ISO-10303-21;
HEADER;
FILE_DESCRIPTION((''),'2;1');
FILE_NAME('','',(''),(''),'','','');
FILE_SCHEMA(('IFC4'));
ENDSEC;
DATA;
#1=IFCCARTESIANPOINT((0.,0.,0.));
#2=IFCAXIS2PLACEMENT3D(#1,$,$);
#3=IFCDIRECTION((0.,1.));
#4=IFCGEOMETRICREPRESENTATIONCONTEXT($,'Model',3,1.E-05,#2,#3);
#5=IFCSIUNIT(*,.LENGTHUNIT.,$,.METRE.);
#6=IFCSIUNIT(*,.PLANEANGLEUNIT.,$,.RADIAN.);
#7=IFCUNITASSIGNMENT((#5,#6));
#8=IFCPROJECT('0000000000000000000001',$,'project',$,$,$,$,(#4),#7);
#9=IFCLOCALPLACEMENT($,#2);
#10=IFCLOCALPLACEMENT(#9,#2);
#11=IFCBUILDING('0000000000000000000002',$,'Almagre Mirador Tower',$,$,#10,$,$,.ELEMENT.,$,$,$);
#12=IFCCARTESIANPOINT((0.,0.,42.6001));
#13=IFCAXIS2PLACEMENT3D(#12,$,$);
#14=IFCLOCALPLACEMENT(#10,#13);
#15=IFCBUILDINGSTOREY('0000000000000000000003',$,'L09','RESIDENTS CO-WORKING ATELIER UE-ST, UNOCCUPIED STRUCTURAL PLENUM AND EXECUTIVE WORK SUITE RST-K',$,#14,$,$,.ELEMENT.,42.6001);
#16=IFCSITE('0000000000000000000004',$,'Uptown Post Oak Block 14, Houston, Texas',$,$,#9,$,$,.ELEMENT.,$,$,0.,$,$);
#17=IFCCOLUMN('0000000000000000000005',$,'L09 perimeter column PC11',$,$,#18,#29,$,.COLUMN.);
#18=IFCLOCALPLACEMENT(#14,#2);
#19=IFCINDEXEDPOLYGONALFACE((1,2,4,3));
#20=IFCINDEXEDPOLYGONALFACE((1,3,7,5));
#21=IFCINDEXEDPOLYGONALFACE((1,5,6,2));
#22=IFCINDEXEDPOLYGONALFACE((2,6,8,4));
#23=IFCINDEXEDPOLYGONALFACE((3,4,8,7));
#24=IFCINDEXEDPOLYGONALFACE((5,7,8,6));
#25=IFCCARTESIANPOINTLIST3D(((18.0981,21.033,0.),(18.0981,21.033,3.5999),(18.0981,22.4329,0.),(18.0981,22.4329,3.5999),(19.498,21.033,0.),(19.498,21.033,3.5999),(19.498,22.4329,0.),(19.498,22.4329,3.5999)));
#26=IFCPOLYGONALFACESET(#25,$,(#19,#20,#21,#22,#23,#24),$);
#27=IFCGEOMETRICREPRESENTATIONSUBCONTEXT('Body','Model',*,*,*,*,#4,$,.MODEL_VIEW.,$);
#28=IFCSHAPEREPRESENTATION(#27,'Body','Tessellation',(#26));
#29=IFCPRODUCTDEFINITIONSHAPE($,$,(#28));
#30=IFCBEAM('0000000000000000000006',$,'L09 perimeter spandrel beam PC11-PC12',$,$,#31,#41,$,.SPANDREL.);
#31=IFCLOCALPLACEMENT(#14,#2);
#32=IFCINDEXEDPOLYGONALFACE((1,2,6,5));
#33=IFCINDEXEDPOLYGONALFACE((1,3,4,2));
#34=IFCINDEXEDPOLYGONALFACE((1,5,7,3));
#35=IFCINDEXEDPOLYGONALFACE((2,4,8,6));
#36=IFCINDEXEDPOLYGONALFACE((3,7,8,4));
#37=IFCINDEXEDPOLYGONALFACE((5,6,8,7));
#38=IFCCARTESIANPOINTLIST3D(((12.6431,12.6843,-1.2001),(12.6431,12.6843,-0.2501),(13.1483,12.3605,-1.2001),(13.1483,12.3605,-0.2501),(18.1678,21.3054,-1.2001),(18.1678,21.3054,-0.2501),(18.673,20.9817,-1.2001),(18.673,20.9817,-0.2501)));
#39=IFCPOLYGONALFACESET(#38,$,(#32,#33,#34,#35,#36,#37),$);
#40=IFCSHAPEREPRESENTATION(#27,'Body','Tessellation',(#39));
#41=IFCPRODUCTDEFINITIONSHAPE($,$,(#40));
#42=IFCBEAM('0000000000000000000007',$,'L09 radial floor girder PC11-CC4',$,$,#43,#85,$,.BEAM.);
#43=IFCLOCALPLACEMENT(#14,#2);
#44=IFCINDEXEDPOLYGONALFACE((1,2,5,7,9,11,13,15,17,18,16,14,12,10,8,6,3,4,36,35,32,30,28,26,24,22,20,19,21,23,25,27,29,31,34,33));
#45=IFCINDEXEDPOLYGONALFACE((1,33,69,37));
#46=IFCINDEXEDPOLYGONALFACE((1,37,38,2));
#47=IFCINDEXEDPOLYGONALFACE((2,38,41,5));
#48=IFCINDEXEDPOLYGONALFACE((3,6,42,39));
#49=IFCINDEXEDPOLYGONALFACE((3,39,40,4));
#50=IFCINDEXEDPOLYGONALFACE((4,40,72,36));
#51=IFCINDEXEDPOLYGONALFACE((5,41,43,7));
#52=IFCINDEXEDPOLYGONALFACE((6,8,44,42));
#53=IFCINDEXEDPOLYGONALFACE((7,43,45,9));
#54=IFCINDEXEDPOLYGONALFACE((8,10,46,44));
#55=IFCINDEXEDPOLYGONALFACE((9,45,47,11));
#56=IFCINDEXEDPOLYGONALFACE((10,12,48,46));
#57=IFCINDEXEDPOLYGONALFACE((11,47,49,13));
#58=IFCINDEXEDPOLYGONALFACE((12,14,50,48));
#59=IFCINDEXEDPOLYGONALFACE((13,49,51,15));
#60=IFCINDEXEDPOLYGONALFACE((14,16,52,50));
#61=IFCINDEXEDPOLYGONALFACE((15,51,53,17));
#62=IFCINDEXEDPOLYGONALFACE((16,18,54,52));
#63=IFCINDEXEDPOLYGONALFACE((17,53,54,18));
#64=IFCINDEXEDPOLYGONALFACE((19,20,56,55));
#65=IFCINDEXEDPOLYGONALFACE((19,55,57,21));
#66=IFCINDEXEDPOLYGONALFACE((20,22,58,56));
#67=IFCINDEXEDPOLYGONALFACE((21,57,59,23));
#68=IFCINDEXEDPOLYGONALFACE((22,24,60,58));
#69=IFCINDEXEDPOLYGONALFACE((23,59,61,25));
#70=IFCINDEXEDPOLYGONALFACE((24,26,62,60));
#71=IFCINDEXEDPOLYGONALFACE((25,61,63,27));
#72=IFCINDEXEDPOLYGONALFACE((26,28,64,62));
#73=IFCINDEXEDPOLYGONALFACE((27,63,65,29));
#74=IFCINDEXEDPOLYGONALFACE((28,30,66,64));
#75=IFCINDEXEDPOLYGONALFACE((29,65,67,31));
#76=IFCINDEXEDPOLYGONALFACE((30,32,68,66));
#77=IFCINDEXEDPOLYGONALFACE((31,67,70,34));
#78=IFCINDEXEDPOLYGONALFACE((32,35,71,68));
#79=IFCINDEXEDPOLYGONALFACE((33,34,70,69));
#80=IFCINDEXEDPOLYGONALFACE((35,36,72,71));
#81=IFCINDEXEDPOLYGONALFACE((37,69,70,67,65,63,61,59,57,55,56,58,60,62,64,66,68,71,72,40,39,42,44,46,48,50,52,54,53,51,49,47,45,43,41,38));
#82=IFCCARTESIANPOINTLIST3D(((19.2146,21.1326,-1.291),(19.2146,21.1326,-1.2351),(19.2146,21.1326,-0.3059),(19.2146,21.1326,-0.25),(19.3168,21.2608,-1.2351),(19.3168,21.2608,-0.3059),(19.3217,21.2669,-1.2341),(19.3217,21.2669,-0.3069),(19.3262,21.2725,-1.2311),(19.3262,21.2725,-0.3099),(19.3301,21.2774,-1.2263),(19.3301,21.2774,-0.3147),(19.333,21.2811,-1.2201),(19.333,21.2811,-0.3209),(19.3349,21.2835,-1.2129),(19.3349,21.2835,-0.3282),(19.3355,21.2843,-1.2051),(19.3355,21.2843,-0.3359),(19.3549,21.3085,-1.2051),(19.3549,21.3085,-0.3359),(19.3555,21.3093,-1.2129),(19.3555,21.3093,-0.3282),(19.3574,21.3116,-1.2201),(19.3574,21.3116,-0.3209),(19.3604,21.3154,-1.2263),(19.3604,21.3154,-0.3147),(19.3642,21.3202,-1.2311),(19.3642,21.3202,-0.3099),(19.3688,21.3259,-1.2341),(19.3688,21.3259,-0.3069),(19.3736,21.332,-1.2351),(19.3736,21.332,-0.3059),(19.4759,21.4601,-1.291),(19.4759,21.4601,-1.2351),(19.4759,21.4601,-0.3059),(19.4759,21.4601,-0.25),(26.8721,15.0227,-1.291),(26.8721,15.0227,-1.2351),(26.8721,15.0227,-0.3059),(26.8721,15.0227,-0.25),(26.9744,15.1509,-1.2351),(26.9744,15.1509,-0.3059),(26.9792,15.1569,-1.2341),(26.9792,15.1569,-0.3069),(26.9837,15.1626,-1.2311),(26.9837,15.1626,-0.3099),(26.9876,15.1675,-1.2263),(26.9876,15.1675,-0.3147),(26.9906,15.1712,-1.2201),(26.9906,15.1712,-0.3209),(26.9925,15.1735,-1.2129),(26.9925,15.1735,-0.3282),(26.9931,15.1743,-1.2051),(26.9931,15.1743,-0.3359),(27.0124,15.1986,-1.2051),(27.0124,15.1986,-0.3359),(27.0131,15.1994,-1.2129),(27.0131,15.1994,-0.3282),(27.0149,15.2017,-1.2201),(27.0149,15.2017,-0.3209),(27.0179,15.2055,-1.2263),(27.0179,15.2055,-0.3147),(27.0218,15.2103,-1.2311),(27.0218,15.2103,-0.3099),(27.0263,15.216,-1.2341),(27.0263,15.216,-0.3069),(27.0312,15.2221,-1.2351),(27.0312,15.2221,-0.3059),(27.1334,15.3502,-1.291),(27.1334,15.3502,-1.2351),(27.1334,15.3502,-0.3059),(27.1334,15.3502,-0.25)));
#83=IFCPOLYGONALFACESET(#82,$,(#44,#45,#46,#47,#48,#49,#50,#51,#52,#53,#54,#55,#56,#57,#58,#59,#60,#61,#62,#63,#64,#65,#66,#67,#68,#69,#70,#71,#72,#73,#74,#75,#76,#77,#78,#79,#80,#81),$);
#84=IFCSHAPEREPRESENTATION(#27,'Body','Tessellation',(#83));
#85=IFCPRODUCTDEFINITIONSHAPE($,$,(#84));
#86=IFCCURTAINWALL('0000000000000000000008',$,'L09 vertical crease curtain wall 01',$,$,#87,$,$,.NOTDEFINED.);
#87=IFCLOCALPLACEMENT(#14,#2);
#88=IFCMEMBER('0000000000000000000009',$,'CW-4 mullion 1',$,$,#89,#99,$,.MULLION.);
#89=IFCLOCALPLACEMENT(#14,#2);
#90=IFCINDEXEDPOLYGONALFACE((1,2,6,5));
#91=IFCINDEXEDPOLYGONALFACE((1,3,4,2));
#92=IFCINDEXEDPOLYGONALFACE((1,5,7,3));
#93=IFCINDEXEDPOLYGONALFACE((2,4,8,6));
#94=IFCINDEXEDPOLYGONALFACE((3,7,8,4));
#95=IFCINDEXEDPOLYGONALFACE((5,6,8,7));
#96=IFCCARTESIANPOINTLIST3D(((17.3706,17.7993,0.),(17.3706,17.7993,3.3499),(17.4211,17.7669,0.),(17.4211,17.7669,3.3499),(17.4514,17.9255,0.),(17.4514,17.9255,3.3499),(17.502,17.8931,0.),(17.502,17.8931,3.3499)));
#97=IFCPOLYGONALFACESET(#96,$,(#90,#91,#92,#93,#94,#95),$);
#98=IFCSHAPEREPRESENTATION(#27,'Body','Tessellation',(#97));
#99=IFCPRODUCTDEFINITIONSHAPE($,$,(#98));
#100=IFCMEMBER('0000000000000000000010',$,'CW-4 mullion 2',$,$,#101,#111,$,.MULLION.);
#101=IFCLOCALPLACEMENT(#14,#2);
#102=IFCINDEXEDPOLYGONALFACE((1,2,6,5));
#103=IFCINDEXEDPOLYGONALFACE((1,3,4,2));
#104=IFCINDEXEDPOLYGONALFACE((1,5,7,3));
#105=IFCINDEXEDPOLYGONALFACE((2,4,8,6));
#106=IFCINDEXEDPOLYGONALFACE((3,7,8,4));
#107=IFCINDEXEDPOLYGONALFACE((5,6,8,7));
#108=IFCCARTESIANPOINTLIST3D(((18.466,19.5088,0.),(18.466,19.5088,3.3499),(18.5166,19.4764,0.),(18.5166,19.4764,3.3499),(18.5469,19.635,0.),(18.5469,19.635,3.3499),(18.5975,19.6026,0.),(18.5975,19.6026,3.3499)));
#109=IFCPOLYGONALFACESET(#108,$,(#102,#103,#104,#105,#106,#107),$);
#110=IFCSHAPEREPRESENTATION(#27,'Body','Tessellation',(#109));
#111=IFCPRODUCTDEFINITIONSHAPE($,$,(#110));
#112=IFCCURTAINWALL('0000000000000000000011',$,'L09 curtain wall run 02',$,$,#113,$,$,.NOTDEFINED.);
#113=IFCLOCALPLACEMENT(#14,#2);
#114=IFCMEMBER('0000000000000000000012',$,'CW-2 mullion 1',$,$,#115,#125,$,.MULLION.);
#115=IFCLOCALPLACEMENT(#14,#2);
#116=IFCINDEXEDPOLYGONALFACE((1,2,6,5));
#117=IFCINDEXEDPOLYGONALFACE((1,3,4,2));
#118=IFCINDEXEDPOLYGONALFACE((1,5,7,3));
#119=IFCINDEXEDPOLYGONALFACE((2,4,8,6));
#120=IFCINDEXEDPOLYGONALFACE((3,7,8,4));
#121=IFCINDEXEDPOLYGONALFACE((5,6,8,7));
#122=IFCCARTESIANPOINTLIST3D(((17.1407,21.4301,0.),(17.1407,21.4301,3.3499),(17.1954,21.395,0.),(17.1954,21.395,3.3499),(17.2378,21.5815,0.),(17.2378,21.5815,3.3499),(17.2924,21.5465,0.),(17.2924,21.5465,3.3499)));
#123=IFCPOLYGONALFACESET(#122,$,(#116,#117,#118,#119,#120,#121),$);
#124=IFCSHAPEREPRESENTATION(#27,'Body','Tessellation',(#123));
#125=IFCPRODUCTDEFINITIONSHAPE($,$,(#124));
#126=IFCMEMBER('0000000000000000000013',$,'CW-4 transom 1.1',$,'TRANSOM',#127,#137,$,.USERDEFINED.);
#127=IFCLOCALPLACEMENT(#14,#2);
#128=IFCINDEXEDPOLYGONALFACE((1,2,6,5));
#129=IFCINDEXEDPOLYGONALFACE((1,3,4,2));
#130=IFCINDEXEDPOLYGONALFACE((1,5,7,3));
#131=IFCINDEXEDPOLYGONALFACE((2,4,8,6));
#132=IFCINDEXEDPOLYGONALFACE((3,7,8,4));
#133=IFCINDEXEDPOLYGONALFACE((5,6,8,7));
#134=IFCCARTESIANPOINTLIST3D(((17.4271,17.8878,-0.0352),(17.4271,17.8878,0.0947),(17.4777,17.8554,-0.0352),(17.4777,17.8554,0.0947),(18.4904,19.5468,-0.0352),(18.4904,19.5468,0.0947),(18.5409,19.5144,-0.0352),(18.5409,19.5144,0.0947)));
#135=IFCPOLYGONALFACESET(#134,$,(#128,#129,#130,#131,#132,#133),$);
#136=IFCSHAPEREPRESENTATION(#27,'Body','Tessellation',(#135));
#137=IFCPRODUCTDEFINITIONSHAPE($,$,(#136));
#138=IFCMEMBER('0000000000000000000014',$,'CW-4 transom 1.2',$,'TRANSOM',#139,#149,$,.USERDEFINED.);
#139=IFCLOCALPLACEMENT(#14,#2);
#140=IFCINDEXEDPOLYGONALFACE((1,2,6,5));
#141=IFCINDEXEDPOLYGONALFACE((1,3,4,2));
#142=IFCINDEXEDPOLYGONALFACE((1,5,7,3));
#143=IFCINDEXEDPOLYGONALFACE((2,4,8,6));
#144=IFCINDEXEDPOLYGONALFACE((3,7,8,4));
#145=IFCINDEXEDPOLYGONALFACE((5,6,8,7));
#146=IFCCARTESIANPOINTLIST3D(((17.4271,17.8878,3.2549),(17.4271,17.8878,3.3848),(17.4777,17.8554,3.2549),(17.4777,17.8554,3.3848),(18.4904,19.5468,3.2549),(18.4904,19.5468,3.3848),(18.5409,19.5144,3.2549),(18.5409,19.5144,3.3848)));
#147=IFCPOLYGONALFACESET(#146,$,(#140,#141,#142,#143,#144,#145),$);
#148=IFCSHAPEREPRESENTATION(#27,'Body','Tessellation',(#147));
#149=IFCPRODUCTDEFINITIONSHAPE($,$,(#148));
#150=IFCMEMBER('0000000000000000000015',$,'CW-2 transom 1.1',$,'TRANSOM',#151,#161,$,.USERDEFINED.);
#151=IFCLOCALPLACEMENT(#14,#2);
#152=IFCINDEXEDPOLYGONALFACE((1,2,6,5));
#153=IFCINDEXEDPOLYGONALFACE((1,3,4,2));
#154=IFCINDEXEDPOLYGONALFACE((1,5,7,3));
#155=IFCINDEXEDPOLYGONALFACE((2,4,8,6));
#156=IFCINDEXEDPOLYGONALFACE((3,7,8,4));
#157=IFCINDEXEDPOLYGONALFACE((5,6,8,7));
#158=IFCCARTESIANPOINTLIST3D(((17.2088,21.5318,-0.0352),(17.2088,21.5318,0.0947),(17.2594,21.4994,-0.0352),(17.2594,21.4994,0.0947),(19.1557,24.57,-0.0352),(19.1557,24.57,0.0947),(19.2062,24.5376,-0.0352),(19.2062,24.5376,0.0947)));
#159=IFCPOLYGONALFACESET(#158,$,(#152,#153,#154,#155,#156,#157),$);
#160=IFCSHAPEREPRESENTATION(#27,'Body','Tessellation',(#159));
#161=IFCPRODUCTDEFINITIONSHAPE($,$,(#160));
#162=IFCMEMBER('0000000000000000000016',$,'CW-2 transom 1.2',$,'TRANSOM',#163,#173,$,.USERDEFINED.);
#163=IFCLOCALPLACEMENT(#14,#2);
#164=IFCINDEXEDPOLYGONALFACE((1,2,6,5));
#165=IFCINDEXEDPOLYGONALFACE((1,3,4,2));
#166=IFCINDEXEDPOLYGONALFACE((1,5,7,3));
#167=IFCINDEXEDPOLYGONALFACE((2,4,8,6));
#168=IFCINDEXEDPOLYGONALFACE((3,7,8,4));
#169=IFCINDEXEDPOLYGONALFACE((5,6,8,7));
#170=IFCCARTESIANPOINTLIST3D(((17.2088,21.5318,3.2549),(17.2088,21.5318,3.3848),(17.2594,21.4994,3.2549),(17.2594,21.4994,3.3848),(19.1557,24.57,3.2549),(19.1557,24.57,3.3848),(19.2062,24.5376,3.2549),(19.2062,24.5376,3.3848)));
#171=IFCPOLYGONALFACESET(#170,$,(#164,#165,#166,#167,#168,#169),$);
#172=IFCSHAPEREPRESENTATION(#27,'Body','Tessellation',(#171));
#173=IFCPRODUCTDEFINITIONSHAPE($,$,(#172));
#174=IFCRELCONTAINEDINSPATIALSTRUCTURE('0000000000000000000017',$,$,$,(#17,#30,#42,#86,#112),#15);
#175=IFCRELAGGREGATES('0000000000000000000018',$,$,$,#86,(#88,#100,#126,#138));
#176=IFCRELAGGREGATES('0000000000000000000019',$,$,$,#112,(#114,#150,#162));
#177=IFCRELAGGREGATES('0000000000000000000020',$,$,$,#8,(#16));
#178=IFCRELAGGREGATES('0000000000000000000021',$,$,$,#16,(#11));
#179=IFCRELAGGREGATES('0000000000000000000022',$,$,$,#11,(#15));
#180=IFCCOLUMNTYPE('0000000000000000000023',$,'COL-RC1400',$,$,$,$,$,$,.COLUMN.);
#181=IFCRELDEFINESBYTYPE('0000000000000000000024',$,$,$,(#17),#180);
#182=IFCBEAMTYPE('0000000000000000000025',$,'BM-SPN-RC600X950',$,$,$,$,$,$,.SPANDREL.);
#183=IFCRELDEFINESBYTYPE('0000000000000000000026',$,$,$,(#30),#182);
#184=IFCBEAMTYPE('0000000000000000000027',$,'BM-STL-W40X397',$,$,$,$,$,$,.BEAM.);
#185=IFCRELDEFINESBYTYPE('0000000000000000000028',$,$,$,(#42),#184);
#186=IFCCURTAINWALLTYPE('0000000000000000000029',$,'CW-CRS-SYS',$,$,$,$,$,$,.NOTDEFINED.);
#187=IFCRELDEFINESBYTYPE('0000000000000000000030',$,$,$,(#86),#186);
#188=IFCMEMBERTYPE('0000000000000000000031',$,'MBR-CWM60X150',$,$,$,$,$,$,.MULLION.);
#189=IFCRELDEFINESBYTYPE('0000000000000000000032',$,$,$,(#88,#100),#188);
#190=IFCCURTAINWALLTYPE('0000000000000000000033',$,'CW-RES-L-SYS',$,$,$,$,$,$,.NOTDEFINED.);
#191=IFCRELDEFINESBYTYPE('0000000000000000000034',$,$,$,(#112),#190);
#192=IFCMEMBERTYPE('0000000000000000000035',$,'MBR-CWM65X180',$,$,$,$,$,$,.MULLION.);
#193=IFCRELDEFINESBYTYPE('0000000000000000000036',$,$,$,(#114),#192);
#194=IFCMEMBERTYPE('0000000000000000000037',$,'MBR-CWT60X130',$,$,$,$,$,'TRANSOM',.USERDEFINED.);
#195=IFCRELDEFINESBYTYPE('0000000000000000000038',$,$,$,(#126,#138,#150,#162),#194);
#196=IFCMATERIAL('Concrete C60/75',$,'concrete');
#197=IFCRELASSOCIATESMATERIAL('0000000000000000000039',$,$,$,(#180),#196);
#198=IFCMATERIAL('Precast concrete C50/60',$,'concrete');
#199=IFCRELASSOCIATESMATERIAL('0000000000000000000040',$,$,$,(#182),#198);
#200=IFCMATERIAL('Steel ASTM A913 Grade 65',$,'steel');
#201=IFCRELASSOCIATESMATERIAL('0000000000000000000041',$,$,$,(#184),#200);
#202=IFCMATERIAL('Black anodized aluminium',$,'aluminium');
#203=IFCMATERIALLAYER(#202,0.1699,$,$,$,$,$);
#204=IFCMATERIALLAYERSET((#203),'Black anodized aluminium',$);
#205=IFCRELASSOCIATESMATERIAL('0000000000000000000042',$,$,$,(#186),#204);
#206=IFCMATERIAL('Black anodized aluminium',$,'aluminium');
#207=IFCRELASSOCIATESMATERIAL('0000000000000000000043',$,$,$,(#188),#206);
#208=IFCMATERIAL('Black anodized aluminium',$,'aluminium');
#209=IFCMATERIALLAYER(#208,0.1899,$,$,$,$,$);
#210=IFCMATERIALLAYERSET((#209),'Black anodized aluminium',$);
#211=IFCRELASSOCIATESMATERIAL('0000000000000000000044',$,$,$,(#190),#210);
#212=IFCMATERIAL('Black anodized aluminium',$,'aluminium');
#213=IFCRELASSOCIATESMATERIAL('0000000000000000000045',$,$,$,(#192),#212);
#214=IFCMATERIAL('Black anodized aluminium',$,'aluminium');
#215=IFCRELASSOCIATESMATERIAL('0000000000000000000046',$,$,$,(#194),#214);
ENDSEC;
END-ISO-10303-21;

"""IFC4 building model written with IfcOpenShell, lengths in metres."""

from ifc_helpers import new_model, si_unit, direction, frame, origin, origin_2d, place, context, subcontext, project, spatial, rectangle, i_section, extrude, material, layer, layer_set, material_profile, profile_set, type_object, element, aggregate, save


model = new_model("IFC4")

# Units and contexts
model_context = context("Model", 3, precision=1e-05, world=origin(), true_north=direction((0.0, 1.0)))
body_context = subcontext(model_context, "Body", "Model", "MODEL_VIEW")
ifc_project = project(units=[si_unit("LENGTHUNIT", "METRE"), si_unit("PLANEANGLEUNIT", "RADIAN")], contexts=[model_context])

# Site, building, storey
site_placement = place(None, origin())
site = spatial("IfcSite", under=ifc_project, at=site_placement, Name="Uptown Post Oak Block 14, Houston, Texas", CompositionType="ELEMENT", RefElevation=0.0)
building_placement = place(site_placement, origin())
building = spatial("IfcBuilding", under=site, at=building_placement, Name="Almagre Mirador Tower", CompositionType="ELEMENT")
storey_placement = place(building_placement, frame((0.0, 0.0, 42.6001)))
storey = spatial("IfcBuildingStorey", under=building, at=storey_placement, Name="L09", Description="RESIDENTS CO-WORKING ATELIER UE-ST, UNOCCUPIED STRUCTURAL PLENUM AND EXECUTIVE WORK SUITE RST-K", CompositionType="ELEMENT", Elevation=42.6001)

# Column
ifc_material_1 = material(Name="Concrete C60/75", Category="concrete")
ifc_material_profile_1 = material_profile(ifc_material_1, rectangle(XDim=1.3999, YDim=1.3999, at=origin_2d()), Name="RC1400X1400")
ifc_profile_set_1 = profile_set([ifc_material_profile_1], Name="Concrete C60/75")
column_type = type_object("IfcColumnType", Name="COL-RC1400", PredefinedType="COLUMN", material=ifc_profile_set_1)
column_placement = place(storey_placement, frame((18.7981, 21.7329, 0.0), z_axis=(0.0, 0.0, 1.0), x_axis=(1.0, 0.0, 0.0)))
element("IfcColumn", 1, at=column_placement, inside=storey, type_object=column_type, Name="L09 perimeter column PC11", PredefinedType="COLUMN", context=body_context, shape_type="SweptSolid", body=[
    extrude(rectangle(XDim=1.3999, YDim=1.3999, at=origin_2d()), origin(), (0.0, 0.0, 1.0), 3.5999),
])

# Beams
ifc_material_2 = material(Name="Precast concrete C50/60", Category="concrete")
ifc_material_profile_2 = material_profile(ifc_material_2, rectangle(XDim=0.6001, YDim=0.95, at=origin_2d()), Name="RC600X950")
ifc_profile_set_2 = profile_set([ifc_material_profile_2], Name="Precast concrete C50/60")
beam_type_1 = type_object("IfcBeamType", Name="BM-SPN-RC600X950", PredefinedType="SPANDREL", material=ifc_profile_set_2)
beam_1_placement = place(storey_placement, frame((18.4204, 21.1436, -0.7251), z_axis=(-0.53955, -0.841954, 0.0), x_axis=(0.841954, -0.53955, 0.0)))
element("IfcBeam", 2, at=beam_1_placement, inside=storey, type_object=beam_type_1, Name="L09 perimeter spandrel beam PC11-PC12", PredefinedType="SPANDREL", context=body_context, shape_type="SweptSolid", body=[
    extrude(rectangle(XDim=0.6001, YDim=0.95, at=origin_2d()), origin(), (0.0, 0.0, 1.0), 10.2395),
])
ifc_material_3 = material(Name="Steel ASTM A913 Grade 65", Category="steel")
ifc_material_profile_3 = material_profile(ifc_material_3, i_section(OverallWidth=0.4189, OverallDepth=1.041, WebThickness=0.031, FlangeThickness=0.0559, FilletRadius=0.03, at=origin_2d()), Name="W40X397")
ifc_profile_set_3 = profile_set([ifc_material_profile_3], Name="Steel ASTM A913 Grade 65")
beam_type_2 = type_object("IfcBeamType", Name="BM-STL-W40X397", PredefinedType="BEAM", material=ifc_profile_set_3)
beam_2_placement = place(storey_placement, frame((19.3452, 21.2964, -0.7705), z_axis=(0.781671, -0.623692, 0.0), x_axis=(0.623692, 0.781671, 0.0)))
element("IfcBeam", 3, at=beam_2_placement, inside=storey, type_object=beam_type_2, Name="L09 radial floor girder PC11-CC4", PredefinedType="BEAM", context=body_context, shape_type="SweptSolid", body=[
    extrude(i_section(OverallWidth=0.4189, OverallDepth=1.041, WebThickness=0.031, FlangeThickness=0.0559, FilletRadius=0.03, at=origin_2d()), origin(), (0.0, 0.0, 1.0), 9.7964),
])

# Curtain wall, members
ifc_material_4 = material(Name="Black anodized aluminium", Category="aluminium")
ifc_layer_1 = layer(ifc_material_4, 0.1699)
ifc_layer_set_1 = layer_set([ifc_layer_1], Name="Black anodized aluminium")
curtain_wall_type_1 = type_object("IfcCurtainWallType", Name="CW-CRS-SYS", PredefinedType="NOTDEFINED", material=ifc_layer_set_1)
curtain_wall_1_placement = place(storey_placement, origin())
curtain_wall_1 = element("IfcCurtainWall", 4, at=curtain_wall_1_placement, inside=storey, type_object=curtain_wall_type_1, Name="L09 vertical crease curtain wall 01", PredefinedType="NOTDEFINED")
ifc_material_5 = material(Name="Black anodized aluminium", Category="aluminium")
ifc_material_profile_4 = material_profile(ifc_material_5, rectangle(XDim=0.0601, YDim=0.1499, at=origin_2d()), Name="CWM60X150")
ifc_profile_set_4 = profile_set([ifc_material_profile_4], Name="Black anodized aluminium")
member_type_1 = type_object("IfcMemberType", Name="MBR-CWM60X150", PredefinedType="MULLION", material=ifc_profile_set_4)
member_1_placement = place(storey_placement, frame((17.4363, 17.8462, 0.0), z_axis=(0.0, 0.0, 1.0), x_axis=(-0.841924, 0.539597, 0.0)))
member_1 = element("IfcMember", 5, at=member_1_placement, type_object=member_type_1, Name="CW-4 mullion 1", PredefinedType="MULLION", context=body_context, shape_type="SweptSolid", body=[
    extrude(rectangle(XDim=0.0601, YDim=0.1499, at=origin_2d()), origin(), (0.0, 0.0, 1.0), 3.3499),
])
member_2_placement = place(storey_placement, frame((18.5317, 19.5557, 0.0), z_axis=(0.0, 0.0, 1.0), x_axis=(-0.841924, 0.539597, 0.0)))
member_2 = element("IfcMember", 6, at=member_2_placement, type_object=member_type_1, Name="CW-4 mullion 2", PredefinedType="MULLION", context=body_context, shape_type="SweptSolid", body=[
    extrude(rectangle(XDim=0.0601, YDim=0.1499, at=origin_2d()), origin(), (0.0, 0.0, 1.0), 3.3499),
])

# Curtain wall, member
ifc_material_6 = material(Name="Black anodized aluminium", Category="aluminium")
ifc_layer_2 = layer(ifc_material_6, 0.1899)
ifc_layer_set_2 = layer_set([ifc_layer_2], Name="Black anodized aluminium")
curtain_wall_type_2 = type_object("IfcCurtainWallType", Name="CW-RES-L-SYS", PredefinedType="NOTDEFINED", material=ifc_layer_set_2)
curtain_wall_2_placement = place(storey_placement, origin())
curtain_wall_2 = element("IfcCurtainWall", 7, at=curtain_wall_2_placement, inside=storey, type_object=curtain_wall_type_2, Name="L09 curtain wall run 02", PredefinedType="NOTDEFINED")
ifc_material_7 = material(Name="Black anodized aluminium", Category="aluminium")
ifc_material_profile_5 = material_profile(ifc_material_7, rectangle(XDim=0.0649, YDim=0.1799, at=origin_2d()), Name="CWM65X180")
ifc_profile_set_5 = profile_set([ifc_material_profile_5], Name="Black anodized aluminium")
member_type_2 = type_object("IfcMemberType", Name="MBR-CWM65X180", PredefinedType="MULLION", material=ifc_profile_set_5)
member_3_placement = place(storey_placement, frame((17.2166, 21.4883, 0.0), z_axis=(0.0, 0.0, 1.0), x_axis=(-0.841961, 0.539539, 0.0)))
member_3 = element("IfcMember", 8, at=member_3_placement, type_object=member_type_2, Name="CW-2 mullion 1", PredefinedType="MULLION", context=body_context, shape_type="SweptSolid", body=[
    extrude(rectangle(XDim=0.0649, YDim=0.1799, at=origin_2d()), origin(), (0.0, 0.0, 1.0), 3.3499),
])

# Members
ifc_material_8 = material(Name="Black anodized aluminium", Category="aluminium")
ifc_material_profile_6 = material_profile(ifc_material_8, rectangle(XDim=0.0601, YDim=0.1299, at=origin_2d()), Name="CWT60X130")
ifc_profile_set_6 = profile_set([ifc_material_profile_6], Name="Black anodized aluminium")
member_type_3 = type_object("IfcMemberType", Name="MBR-CWT60X130", ElementType="TRANSOM", PredefinedType="USERDEFINED", material=ifc_profile_set_6)
member_4_placement = place(storey_placement, frame((17.4524, 17.8716, 0.0298), z_axis=(0.539599, 0.841922, 0.0), x_axis=(-0.841922, 0.539599, 0.0)))
member_4 = element("IfcMember", 9, at=member_4_placement, type_object=member_type_3, Name="CW-4 transom 1.1", ObjectType="TRANSOM", PredefinedType="USERDEFINED", context=body_context, shape_type="SweptSolid", body=[
    extrude(rectangle(XDim=0.0601, YDim=0.1299, at=origin_2d()), origin(), (0.0, 0.0, 1.0), 1.9705),
])
member_5_placement = place(storey_placement, frame((17.4524, 17.8716, 3.3198), z_axis=(0.539599, 0.841922, 0.0), x_axis=(-0.841922, 0.539599, 0.0)))
member_5 = element("IfcMember", 10, at=member_5_placement, type_object=member_type_3, Name="CW-4 transom 1.2", ObjectType="TRANSOM", PredefinedType="USERDEFINED", context=body_context, shape_type="SweptSolid", body=[
    extrude(rectangle(XDim=0.0601, YDim=0.1299, at=origin_2d()), origin(), (0.0, 0.0, 1.0), 1.9705),
])
member_6_placement = place(storey_placement, frame((17.2341, 21.5156, 0.0298), z_axis=(0.539526, 0.841969, 0.0), x_axis=(-0.841969, 0.539526, 0.0)))
member_6 = element("IfcMember", 11, at=member_6_placement, type_object=member_type_3, Name="CW-2 transom 1.1", ObjectType="TRANSOM", PredefinedType="USERDEFINED", context=body_context, shape_type="SweptSolid", body=[
    extrude(rectangle(XDim=0.0601, YDim=0.1299, at=origin_2d()), origin(), (0.0, 0.0, 1.0), 3.6084),
])
member_7_placement = place(storey_placement, frame((17.2341, 21.5156, 3.3198), z_axis=(0.539526, 0.841969, 0.0), x_axis=(-0.841969, 0.539526, 0.0)))
member_7 = element("IfcMember", 12, at=member_7_placement, type_object=member_type_3, Name="CW-2 transom 1.2", ObjectType="TRANSOM", PredefinedType="USERDEFINED", context=body_context, shape_type="SweptSolid", body=[
    extrude(rectangle(XDim=0.0601, YDim=0.1299, at=origin_2d()), origin(), (0.0, 0.0, 1.0), 3.6084),
])

aggregate(curtain_wall_1, [member_1, member_2, member_4, member_5])
aggregate(curtain_wall_2, [member_3, member_6, member_7])

save(model, "model.ifc")
